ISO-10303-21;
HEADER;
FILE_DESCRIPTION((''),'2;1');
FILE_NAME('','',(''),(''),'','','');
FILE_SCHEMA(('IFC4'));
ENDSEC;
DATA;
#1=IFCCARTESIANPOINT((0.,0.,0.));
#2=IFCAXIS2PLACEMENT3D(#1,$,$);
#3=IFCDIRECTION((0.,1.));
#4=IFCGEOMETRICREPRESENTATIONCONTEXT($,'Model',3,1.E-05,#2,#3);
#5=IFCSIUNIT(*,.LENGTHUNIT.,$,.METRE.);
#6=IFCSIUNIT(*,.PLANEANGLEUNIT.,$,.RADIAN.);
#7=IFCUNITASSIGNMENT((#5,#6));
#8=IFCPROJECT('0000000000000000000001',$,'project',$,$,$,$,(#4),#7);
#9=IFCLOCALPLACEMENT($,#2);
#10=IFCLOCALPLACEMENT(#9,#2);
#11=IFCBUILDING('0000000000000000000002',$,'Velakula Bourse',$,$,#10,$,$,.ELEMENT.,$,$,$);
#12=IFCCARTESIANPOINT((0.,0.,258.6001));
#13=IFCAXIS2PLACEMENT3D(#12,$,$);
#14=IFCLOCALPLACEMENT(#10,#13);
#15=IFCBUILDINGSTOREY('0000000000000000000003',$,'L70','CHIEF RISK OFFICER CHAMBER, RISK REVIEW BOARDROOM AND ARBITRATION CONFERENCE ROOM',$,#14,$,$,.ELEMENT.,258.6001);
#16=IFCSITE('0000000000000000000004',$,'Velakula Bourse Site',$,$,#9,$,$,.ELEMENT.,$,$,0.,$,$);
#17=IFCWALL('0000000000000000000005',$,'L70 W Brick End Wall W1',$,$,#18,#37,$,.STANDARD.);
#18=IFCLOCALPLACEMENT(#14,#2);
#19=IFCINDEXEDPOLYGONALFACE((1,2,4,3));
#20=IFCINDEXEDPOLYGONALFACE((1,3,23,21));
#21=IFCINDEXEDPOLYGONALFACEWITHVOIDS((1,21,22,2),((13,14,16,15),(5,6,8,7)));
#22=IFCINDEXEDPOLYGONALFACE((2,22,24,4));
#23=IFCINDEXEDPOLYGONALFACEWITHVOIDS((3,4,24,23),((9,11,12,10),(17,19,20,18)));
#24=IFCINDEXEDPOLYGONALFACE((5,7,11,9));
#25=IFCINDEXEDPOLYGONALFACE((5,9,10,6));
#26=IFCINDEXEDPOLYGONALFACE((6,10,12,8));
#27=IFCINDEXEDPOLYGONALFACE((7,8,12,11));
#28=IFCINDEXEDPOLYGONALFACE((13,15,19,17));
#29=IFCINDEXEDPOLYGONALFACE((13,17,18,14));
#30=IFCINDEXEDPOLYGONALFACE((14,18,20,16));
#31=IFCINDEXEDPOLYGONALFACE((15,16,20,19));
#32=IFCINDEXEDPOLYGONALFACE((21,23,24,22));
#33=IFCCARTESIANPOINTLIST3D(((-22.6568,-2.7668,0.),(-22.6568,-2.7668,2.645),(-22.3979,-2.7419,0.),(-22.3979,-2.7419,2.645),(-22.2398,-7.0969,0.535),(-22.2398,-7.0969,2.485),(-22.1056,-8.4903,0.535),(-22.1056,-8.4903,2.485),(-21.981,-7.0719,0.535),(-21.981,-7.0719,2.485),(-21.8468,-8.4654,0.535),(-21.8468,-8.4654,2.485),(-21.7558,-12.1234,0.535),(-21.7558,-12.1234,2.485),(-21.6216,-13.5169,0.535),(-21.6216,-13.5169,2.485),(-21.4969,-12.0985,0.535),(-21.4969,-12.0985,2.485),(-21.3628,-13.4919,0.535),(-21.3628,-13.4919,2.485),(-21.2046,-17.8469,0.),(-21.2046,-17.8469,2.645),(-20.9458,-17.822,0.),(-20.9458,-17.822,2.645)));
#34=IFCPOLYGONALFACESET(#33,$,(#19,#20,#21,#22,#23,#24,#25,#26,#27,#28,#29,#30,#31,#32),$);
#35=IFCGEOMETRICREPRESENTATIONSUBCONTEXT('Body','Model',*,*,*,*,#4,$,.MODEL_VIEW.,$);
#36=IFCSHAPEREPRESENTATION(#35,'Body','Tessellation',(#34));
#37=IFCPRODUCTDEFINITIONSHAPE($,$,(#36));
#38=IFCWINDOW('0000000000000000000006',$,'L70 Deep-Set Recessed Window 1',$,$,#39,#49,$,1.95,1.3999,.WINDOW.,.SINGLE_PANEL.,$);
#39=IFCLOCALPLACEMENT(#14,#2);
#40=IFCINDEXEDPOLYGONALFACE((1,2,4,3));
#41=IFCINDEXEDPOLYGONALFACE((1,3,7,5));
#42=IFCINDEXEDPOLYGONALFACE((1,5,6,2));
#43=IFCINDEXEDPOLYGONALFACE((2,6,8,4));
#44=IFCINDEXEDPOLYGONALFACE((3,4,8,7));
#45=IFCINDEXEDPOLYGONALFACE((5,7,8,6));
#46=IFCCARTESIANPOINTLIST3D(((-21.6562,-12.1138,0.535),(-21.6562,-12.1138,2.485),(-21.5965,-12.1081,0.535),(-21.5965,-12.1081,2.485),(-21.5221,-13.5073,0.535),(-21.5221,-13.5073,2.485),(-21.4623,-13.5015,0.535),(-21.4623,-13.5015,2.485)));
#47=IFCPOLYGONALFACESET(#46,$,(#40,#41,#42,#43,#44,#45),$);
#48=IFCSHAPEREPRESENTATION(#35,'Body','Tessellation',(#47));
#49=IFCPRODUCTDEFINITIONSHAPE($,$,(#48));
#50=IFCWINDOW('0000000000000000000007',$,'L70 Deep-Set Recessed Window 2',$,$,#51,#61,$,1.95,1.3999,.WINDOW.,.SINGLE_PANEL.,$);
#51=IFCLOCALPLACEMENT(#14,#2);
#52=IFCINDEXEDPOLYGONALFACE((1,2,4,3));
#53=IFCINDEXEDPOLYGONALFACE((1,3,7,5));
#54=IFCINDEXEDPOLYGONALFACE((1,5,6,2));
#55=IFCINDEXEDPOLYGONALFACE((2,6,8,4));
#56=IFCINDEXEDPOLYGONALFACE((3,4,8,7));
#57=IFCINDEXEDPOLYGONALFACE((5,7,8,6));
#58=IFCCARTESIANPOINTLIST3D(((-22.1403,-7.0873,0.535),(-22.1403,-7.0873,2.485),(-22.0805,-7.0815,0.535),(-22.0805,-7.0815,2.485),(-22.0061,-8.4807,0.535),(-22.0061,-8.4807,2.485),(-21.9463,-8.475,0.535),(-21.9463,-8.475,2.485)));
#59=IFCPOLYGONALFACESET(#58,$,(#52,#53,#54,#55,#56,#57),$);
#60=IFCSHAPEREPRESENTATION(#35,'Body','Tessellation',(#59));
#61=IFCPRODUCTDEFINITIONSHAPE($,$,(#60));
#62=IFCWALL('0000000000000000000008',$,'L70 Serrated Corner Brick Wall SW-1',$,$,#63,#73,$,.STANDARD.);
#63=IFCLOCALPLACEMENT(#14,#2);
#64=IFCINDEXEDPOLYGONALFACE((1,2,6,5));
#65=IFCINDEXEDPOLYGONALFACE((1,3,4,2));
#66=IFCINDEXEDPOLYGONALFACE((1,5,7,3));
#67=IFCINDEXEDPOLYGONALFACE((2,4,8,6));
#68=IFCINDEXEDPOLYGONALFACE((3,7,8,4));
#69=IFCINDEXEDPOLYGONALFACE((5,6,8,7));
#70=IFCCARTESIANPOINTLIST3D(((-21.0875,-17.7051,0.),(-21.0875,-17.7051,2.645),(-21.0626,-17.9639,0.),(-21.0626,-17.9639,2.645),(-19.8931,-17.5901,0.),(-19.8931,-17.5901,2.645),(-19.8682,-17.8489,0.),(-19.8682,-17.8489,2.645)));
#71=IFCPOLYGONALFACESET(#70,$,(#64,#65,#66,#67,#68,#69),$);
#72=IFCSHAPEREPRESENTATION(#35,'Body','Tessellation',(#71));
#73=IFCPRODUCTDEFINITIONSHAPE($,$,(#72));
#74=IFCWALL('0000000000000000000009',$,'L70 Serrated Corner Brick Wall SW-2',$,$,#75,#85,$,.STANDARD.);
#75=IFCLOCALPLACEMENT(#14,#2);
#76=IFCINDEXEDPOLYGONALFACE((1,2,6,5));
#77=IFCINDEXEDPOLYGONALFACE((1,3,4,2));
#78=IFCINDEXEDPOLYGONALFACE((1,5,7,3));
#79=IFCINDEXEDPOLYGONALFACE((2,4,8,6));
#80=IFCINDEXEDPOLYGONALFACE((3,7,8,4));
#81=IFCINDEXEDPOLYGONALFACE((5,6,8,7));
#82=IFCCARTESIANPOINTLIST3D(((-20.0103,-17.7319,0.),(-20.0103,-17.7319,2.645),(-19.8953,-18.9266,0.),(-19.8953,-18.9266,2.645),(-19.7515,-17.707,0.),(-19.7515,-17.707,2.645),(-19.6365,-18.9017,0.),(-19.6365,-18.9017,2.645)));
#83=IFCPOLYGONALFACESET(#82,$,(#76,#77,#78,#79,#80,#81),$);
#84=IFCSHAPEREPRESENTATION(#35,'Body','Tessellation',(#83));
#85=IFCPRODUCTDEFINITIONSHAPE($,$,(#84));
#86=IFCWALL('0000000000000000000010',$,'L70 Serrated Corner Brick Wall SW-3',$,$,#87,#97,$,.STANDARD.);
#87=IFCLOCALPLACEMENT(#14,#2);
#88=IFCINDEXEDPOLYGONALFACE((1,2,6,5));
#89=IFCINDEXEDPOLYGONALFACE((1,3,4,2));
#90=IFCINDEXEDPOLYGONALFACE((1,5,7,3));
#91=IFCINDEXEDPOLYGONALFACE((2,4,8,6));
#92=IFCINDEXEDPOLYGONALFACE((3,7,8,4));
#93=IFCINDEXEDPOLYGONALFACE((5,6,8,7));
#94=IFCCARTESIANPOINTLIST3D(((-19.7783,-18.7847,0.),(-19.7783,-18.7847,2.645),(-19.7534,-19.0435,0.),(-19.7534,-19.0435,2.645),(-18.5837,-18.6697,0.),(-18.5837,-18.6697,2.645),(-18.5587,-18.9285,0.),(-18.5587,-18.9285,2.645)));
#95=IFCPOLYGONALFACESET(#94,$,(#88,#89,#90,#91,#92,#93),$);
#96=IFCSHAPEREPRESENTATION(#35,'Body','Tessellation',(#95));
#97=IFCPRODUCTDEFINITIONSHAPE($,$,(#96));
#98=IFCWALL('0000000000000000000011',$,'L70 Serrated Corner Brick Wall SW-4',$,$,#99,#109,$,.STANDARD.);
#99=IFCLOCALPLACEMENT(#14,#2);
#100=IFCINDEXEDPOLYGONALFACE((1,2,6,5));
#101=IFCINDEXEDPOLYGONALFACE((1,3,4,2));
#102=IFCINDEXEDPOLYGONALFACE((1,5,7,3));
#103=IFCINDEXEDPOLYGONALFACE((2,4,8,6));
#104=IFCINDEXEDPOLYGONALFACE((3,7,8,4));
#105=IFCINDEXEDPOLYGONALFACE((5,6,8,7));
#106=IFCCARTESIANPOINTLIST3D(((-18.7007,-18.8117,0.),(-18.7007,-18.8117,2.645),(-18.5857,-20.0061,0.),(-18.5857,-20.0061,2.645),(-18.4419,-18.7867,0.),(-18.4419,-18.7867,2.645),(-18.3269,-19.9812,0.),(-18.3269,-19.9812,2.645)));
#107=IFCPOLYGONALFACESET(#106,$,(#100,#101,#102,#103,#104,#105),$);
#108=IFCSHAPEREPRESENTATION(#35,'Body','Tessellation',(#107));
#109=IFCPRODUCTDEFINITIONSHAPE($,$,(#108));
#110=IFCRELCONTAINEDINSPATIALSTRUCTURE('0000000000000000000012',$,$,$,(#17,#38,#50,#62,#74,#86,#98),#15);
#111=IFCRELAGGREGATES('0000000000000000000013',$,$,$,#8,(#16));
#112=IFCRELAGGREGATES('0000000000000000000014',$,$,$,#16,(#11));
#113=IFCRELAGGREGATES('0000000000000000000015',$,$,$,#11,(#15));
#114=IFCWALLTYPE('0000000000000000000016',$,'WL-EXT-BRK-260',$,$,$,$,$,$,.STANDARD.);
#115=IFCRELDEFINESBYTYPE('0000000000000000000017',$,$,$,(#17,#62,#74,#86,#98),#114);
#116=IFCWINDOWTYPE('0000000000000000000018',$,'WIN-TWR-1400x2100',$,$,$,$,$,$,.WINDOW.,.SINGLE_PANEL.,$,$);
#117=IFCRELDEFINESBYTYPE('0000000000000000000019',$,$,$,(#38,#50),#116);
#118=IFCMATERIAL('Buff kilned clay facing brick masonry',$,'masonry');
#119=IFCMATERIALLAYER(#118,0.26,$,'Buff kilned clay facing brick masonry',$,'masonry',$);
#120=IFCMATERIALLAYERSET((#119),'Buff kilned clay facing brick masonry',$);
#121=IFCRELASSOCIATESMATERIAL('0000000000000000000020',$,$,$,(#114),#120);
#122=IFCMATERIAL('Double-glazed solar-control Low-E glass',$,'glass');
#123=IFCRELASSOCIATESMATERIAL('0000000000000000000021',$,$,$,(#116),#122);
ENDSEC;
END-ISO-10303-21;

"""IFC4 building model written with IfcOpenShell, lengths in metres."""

from ifc_helpers import new_model, si_unit, direction, frame, frame_2d, origin, place, context, subcontext, project, spatial, rectangle, extrude, material, layer, layer_set, type_object, element, fill, save


model = new_model("IFC4")

# Units and contexts
model_context = context("Model", 3, precision=1e-05, world=origin(), true_north=direction((0.0, 1.0)))
body_context = subcontext(model_context, "Body", "Model", "MODEL_VIEW")
ifc_project = project(units=[si_unit("LENGTHUNIT", "METRE"), si_unit("PLANEANGLEUNIT", "RADIAN")], contexts=[model_context])

# Site, building, storey
site_placement = place(None, origin())
site = spatial("IfcSite", under=ifc_project, at=site_placement, Name="Velakula Bourse Site", CompositionType="ELEMENT", RefElevation=0.0)
building_placement = place(site_placement, origin())
building = spatial("IfcBuilding", under=site, at=building_placement, Name="Velakula Bourse", CompositionType="ELEMENT")
storey_placement = place(building_placement, frame((0.0, 0.0, 258.6001)))
storey = spatial("IfcBuildingStorey", under=building, at=storey_placement, Name="L70", Description="CHIEF RISK OFFICER CHAMBER, RISK REVIEW BOARDROOM AND ARBITRATION CONFERENCE ROOM", CompositionType="ELEMENT", Elevation=258.6001)

# Wall, openings, windows
ifc_material_1 = material(Name="Buff kilned clay facing brick masonry", Category="masonry")
ifc_layer = layer(ifc_material_1, 0.26, Name="Buff kilned clay facing brick masonry", Category="masonry")
ifc_layer_set = layer_set([ifc_layer], Name="Buff kilned clay facing brick masonry")
wall_type = type_object("IfcWallType", Name="WL-EXT-BRK-260", PredefinedType="STANDARD", material=ifc_layer_set)
wall_1_placement = place(storey_placement, frame((-21.0752, -17.8345, 0.0), z_axis=(0.0, 0.0, 1.0), x_axis=(-0.095852, 0.995396, 0.0)))
wall_1 = element("IfcWall", 1, at=wall_1_placement, inside=storey, type_object=wall_type, Name="L70 W Brick End Wall W1", PredefinedType="STANDARD", context=body_context, shape_type="SweptSolid", body=[
    extrude(rectangle(XDim=15.1499, YDim=0.26, at=frame_2d((7.575, 0.0))), origin(), (0.0, 0.0, 1.0), 2.645),
])
opening_1_placement = place(wall_1_placement, frame((4.3501, 0.0, 0.5349)))
opening_1 = element("IfcOpeningElement", 2, at=opening_1_placement, cuts=wall_1, PredefinedType="OPENING", context=body_context, shape_type="SweptSolid", body=[
    extrude(rectangle(XDim=1.3999, YDim=1.95, at=frame_2d((0.7, 0.9751))), frame((0.0, 0.1399, 0.0), z_axis=(0.0, -1.0, 0.0), x_axis=(1.0, 0.0, 0.0)), (0.0, 0.0, 1.0), 0.28),
])
opening_2_placement = place(wall_1_placement, frame((9.3999, 0.0, 0.5349)))
opening_2 = element("IfcOpeningElement", 3, at=opening_2_placement, cuts=wall_1, PredefinedType="OPENING", context=body_context, shape_type="SweptSolid", body=[
    extrude(rectangle(XDim=1.3999, YDim=1.95, at=frame_2d((0.7, 0.9751))), frame((0.0, 0.1399, 0.0), z_axis=(0.0, -1.0, 0.0), x_axis=(1.0, 0.0, 0.0)), (0.0, 0.0, 1.0), 0.28),
])
ifc_material_2 = material(Name="Double-glazed solar-control Low-E glass", Category="glass")
window_type = type_object("IfcWindowType", Name="WIN-TWR-1400x2100", PartitioningType="SINGLE_PANEL", PredefinedType="WINDOW", material=ifc_material_2)
window_1_placement = place(opening_1_placement, origin())
window_1 = element("IfcWindow", 4, at=window_1_placement, inside=storey, type_object=window_type, Name="L70 Deep-Set Recessed Window 1", OverallHeight=1.95, OverallWidth=1.3999, PartitioningType="SINGLE_PANEL", PredefinedType="WINDOW", context=body_context, shape_type="SweptSolid", body=[
    extrude(rectangle(XDim=1.3999, YDim=1.95, at=frame_2d((0.7, 0.9751))), frame((0.0, 0.03, 0.0), z_axis=(0.0, -1.0, 0.0), x_axis=(1.0, 0.0, 0.0)), (0.0, 0.0, 1.0), 0.0601),
])
fill(opening_1, window_1)
window_2_placement = place(opening_2_placement, origin())
window_2 = element("IfcWindow", 5, at=window_2_placement, inside=storey, type_object=window_type, Name="L70 Deep-Set Recessed Window 2", OverallHeight=1.95, OverallWidth=1.3999, PartitioningType="SINGLE_PANEL", PredefinedType="WINDOW", context=body_context, shape_type="SweptSolid", body=[
    extrude(rectangle(XDim=1.3999, YDim=1.95, at=frame_2d((0.7, 0.9751))), frame((0.0, 0.03, 0.0), z_axis=(0.0, -1.0, 0.0), x_axis=(1.0, 0.0, 0.0)), (0.0, 0.0, 1.0), 0.0601),
])
fill(opening_2, window_2)

# Walls
wall_2_placement = place(storey_placement, frame((-21.0752, -17.8345, 0.0), z_axis=(0.0, 0.0, 1.0), x_axis=(0.995397, 0.095836, 0.0)))
element("IfcWall", 6, at=wall_2_placement, inside=storey, type_object=wall_type, Name="L70 Serrated Corner Brick Wall SW-1", PredefinedType="STANDARD", context=body_context, shape_type="SweptSolid", body=[
    extrude(rectangle(XDim=1.2, YDim=0.26, at=frame_2d((0.6001, 0.0))), origin(), (0.0, 0.0, 1.0), 2.645),
])
for number, where, z_axis, x_axis, name in (
    (7, (-19.8809, -17.7195, 0.0), (0.0, 0.0, 1.0), (0.095817, -0.995399, 0.0), "L70 Serrated Corner Brick Wall SW-2"),
    (8, (-19.7659, -18.9141, 0.0), (0.0, 0.0, 1.0), (0.995399, 0.095817, 0.0), "L70 Serrated Corner Brick Wall SW-3"),
):
    element("IfcWall", number, at=place(storey_placement, frame(where, z_axis=z_axis, x_axis=x_axis)), inside=storey, type_object=wall_type, Name=name, PredefinedType="STANDARD", context=body_context, shape_type="SweptSolid", body=[
        extrude(rectangle(XDim=1.2002, YDim=0.26, at=frame_2d((0.6001, 0.0))), origin(), (0.0, 0.0, 1.0), 2.645),
    ])
wall_3_placement = place(storey_placement, frame((-18.5713, -18.7991, 0.0), z_axis=(0.0, 0.0, 1.0), x_axis=(0.095836, -0.995397, 0.0)))
element("IfcWall", 9, at=wall_3_placement, inside=storey, type_object=wall_type, Name="L70 Serrated Corner Brick Wall SW-4", PredefinedType="STANDARD", context=body_context, shape_type="SweptSolid", body=[
    extrude(rectangle(XDim=1.2, YDim=0.26, at=frame_2d((0.6001, 0.0))), origin(), (0.0, 0.0, 1.0), 2.645),
])

save(model, "model.ifc")
